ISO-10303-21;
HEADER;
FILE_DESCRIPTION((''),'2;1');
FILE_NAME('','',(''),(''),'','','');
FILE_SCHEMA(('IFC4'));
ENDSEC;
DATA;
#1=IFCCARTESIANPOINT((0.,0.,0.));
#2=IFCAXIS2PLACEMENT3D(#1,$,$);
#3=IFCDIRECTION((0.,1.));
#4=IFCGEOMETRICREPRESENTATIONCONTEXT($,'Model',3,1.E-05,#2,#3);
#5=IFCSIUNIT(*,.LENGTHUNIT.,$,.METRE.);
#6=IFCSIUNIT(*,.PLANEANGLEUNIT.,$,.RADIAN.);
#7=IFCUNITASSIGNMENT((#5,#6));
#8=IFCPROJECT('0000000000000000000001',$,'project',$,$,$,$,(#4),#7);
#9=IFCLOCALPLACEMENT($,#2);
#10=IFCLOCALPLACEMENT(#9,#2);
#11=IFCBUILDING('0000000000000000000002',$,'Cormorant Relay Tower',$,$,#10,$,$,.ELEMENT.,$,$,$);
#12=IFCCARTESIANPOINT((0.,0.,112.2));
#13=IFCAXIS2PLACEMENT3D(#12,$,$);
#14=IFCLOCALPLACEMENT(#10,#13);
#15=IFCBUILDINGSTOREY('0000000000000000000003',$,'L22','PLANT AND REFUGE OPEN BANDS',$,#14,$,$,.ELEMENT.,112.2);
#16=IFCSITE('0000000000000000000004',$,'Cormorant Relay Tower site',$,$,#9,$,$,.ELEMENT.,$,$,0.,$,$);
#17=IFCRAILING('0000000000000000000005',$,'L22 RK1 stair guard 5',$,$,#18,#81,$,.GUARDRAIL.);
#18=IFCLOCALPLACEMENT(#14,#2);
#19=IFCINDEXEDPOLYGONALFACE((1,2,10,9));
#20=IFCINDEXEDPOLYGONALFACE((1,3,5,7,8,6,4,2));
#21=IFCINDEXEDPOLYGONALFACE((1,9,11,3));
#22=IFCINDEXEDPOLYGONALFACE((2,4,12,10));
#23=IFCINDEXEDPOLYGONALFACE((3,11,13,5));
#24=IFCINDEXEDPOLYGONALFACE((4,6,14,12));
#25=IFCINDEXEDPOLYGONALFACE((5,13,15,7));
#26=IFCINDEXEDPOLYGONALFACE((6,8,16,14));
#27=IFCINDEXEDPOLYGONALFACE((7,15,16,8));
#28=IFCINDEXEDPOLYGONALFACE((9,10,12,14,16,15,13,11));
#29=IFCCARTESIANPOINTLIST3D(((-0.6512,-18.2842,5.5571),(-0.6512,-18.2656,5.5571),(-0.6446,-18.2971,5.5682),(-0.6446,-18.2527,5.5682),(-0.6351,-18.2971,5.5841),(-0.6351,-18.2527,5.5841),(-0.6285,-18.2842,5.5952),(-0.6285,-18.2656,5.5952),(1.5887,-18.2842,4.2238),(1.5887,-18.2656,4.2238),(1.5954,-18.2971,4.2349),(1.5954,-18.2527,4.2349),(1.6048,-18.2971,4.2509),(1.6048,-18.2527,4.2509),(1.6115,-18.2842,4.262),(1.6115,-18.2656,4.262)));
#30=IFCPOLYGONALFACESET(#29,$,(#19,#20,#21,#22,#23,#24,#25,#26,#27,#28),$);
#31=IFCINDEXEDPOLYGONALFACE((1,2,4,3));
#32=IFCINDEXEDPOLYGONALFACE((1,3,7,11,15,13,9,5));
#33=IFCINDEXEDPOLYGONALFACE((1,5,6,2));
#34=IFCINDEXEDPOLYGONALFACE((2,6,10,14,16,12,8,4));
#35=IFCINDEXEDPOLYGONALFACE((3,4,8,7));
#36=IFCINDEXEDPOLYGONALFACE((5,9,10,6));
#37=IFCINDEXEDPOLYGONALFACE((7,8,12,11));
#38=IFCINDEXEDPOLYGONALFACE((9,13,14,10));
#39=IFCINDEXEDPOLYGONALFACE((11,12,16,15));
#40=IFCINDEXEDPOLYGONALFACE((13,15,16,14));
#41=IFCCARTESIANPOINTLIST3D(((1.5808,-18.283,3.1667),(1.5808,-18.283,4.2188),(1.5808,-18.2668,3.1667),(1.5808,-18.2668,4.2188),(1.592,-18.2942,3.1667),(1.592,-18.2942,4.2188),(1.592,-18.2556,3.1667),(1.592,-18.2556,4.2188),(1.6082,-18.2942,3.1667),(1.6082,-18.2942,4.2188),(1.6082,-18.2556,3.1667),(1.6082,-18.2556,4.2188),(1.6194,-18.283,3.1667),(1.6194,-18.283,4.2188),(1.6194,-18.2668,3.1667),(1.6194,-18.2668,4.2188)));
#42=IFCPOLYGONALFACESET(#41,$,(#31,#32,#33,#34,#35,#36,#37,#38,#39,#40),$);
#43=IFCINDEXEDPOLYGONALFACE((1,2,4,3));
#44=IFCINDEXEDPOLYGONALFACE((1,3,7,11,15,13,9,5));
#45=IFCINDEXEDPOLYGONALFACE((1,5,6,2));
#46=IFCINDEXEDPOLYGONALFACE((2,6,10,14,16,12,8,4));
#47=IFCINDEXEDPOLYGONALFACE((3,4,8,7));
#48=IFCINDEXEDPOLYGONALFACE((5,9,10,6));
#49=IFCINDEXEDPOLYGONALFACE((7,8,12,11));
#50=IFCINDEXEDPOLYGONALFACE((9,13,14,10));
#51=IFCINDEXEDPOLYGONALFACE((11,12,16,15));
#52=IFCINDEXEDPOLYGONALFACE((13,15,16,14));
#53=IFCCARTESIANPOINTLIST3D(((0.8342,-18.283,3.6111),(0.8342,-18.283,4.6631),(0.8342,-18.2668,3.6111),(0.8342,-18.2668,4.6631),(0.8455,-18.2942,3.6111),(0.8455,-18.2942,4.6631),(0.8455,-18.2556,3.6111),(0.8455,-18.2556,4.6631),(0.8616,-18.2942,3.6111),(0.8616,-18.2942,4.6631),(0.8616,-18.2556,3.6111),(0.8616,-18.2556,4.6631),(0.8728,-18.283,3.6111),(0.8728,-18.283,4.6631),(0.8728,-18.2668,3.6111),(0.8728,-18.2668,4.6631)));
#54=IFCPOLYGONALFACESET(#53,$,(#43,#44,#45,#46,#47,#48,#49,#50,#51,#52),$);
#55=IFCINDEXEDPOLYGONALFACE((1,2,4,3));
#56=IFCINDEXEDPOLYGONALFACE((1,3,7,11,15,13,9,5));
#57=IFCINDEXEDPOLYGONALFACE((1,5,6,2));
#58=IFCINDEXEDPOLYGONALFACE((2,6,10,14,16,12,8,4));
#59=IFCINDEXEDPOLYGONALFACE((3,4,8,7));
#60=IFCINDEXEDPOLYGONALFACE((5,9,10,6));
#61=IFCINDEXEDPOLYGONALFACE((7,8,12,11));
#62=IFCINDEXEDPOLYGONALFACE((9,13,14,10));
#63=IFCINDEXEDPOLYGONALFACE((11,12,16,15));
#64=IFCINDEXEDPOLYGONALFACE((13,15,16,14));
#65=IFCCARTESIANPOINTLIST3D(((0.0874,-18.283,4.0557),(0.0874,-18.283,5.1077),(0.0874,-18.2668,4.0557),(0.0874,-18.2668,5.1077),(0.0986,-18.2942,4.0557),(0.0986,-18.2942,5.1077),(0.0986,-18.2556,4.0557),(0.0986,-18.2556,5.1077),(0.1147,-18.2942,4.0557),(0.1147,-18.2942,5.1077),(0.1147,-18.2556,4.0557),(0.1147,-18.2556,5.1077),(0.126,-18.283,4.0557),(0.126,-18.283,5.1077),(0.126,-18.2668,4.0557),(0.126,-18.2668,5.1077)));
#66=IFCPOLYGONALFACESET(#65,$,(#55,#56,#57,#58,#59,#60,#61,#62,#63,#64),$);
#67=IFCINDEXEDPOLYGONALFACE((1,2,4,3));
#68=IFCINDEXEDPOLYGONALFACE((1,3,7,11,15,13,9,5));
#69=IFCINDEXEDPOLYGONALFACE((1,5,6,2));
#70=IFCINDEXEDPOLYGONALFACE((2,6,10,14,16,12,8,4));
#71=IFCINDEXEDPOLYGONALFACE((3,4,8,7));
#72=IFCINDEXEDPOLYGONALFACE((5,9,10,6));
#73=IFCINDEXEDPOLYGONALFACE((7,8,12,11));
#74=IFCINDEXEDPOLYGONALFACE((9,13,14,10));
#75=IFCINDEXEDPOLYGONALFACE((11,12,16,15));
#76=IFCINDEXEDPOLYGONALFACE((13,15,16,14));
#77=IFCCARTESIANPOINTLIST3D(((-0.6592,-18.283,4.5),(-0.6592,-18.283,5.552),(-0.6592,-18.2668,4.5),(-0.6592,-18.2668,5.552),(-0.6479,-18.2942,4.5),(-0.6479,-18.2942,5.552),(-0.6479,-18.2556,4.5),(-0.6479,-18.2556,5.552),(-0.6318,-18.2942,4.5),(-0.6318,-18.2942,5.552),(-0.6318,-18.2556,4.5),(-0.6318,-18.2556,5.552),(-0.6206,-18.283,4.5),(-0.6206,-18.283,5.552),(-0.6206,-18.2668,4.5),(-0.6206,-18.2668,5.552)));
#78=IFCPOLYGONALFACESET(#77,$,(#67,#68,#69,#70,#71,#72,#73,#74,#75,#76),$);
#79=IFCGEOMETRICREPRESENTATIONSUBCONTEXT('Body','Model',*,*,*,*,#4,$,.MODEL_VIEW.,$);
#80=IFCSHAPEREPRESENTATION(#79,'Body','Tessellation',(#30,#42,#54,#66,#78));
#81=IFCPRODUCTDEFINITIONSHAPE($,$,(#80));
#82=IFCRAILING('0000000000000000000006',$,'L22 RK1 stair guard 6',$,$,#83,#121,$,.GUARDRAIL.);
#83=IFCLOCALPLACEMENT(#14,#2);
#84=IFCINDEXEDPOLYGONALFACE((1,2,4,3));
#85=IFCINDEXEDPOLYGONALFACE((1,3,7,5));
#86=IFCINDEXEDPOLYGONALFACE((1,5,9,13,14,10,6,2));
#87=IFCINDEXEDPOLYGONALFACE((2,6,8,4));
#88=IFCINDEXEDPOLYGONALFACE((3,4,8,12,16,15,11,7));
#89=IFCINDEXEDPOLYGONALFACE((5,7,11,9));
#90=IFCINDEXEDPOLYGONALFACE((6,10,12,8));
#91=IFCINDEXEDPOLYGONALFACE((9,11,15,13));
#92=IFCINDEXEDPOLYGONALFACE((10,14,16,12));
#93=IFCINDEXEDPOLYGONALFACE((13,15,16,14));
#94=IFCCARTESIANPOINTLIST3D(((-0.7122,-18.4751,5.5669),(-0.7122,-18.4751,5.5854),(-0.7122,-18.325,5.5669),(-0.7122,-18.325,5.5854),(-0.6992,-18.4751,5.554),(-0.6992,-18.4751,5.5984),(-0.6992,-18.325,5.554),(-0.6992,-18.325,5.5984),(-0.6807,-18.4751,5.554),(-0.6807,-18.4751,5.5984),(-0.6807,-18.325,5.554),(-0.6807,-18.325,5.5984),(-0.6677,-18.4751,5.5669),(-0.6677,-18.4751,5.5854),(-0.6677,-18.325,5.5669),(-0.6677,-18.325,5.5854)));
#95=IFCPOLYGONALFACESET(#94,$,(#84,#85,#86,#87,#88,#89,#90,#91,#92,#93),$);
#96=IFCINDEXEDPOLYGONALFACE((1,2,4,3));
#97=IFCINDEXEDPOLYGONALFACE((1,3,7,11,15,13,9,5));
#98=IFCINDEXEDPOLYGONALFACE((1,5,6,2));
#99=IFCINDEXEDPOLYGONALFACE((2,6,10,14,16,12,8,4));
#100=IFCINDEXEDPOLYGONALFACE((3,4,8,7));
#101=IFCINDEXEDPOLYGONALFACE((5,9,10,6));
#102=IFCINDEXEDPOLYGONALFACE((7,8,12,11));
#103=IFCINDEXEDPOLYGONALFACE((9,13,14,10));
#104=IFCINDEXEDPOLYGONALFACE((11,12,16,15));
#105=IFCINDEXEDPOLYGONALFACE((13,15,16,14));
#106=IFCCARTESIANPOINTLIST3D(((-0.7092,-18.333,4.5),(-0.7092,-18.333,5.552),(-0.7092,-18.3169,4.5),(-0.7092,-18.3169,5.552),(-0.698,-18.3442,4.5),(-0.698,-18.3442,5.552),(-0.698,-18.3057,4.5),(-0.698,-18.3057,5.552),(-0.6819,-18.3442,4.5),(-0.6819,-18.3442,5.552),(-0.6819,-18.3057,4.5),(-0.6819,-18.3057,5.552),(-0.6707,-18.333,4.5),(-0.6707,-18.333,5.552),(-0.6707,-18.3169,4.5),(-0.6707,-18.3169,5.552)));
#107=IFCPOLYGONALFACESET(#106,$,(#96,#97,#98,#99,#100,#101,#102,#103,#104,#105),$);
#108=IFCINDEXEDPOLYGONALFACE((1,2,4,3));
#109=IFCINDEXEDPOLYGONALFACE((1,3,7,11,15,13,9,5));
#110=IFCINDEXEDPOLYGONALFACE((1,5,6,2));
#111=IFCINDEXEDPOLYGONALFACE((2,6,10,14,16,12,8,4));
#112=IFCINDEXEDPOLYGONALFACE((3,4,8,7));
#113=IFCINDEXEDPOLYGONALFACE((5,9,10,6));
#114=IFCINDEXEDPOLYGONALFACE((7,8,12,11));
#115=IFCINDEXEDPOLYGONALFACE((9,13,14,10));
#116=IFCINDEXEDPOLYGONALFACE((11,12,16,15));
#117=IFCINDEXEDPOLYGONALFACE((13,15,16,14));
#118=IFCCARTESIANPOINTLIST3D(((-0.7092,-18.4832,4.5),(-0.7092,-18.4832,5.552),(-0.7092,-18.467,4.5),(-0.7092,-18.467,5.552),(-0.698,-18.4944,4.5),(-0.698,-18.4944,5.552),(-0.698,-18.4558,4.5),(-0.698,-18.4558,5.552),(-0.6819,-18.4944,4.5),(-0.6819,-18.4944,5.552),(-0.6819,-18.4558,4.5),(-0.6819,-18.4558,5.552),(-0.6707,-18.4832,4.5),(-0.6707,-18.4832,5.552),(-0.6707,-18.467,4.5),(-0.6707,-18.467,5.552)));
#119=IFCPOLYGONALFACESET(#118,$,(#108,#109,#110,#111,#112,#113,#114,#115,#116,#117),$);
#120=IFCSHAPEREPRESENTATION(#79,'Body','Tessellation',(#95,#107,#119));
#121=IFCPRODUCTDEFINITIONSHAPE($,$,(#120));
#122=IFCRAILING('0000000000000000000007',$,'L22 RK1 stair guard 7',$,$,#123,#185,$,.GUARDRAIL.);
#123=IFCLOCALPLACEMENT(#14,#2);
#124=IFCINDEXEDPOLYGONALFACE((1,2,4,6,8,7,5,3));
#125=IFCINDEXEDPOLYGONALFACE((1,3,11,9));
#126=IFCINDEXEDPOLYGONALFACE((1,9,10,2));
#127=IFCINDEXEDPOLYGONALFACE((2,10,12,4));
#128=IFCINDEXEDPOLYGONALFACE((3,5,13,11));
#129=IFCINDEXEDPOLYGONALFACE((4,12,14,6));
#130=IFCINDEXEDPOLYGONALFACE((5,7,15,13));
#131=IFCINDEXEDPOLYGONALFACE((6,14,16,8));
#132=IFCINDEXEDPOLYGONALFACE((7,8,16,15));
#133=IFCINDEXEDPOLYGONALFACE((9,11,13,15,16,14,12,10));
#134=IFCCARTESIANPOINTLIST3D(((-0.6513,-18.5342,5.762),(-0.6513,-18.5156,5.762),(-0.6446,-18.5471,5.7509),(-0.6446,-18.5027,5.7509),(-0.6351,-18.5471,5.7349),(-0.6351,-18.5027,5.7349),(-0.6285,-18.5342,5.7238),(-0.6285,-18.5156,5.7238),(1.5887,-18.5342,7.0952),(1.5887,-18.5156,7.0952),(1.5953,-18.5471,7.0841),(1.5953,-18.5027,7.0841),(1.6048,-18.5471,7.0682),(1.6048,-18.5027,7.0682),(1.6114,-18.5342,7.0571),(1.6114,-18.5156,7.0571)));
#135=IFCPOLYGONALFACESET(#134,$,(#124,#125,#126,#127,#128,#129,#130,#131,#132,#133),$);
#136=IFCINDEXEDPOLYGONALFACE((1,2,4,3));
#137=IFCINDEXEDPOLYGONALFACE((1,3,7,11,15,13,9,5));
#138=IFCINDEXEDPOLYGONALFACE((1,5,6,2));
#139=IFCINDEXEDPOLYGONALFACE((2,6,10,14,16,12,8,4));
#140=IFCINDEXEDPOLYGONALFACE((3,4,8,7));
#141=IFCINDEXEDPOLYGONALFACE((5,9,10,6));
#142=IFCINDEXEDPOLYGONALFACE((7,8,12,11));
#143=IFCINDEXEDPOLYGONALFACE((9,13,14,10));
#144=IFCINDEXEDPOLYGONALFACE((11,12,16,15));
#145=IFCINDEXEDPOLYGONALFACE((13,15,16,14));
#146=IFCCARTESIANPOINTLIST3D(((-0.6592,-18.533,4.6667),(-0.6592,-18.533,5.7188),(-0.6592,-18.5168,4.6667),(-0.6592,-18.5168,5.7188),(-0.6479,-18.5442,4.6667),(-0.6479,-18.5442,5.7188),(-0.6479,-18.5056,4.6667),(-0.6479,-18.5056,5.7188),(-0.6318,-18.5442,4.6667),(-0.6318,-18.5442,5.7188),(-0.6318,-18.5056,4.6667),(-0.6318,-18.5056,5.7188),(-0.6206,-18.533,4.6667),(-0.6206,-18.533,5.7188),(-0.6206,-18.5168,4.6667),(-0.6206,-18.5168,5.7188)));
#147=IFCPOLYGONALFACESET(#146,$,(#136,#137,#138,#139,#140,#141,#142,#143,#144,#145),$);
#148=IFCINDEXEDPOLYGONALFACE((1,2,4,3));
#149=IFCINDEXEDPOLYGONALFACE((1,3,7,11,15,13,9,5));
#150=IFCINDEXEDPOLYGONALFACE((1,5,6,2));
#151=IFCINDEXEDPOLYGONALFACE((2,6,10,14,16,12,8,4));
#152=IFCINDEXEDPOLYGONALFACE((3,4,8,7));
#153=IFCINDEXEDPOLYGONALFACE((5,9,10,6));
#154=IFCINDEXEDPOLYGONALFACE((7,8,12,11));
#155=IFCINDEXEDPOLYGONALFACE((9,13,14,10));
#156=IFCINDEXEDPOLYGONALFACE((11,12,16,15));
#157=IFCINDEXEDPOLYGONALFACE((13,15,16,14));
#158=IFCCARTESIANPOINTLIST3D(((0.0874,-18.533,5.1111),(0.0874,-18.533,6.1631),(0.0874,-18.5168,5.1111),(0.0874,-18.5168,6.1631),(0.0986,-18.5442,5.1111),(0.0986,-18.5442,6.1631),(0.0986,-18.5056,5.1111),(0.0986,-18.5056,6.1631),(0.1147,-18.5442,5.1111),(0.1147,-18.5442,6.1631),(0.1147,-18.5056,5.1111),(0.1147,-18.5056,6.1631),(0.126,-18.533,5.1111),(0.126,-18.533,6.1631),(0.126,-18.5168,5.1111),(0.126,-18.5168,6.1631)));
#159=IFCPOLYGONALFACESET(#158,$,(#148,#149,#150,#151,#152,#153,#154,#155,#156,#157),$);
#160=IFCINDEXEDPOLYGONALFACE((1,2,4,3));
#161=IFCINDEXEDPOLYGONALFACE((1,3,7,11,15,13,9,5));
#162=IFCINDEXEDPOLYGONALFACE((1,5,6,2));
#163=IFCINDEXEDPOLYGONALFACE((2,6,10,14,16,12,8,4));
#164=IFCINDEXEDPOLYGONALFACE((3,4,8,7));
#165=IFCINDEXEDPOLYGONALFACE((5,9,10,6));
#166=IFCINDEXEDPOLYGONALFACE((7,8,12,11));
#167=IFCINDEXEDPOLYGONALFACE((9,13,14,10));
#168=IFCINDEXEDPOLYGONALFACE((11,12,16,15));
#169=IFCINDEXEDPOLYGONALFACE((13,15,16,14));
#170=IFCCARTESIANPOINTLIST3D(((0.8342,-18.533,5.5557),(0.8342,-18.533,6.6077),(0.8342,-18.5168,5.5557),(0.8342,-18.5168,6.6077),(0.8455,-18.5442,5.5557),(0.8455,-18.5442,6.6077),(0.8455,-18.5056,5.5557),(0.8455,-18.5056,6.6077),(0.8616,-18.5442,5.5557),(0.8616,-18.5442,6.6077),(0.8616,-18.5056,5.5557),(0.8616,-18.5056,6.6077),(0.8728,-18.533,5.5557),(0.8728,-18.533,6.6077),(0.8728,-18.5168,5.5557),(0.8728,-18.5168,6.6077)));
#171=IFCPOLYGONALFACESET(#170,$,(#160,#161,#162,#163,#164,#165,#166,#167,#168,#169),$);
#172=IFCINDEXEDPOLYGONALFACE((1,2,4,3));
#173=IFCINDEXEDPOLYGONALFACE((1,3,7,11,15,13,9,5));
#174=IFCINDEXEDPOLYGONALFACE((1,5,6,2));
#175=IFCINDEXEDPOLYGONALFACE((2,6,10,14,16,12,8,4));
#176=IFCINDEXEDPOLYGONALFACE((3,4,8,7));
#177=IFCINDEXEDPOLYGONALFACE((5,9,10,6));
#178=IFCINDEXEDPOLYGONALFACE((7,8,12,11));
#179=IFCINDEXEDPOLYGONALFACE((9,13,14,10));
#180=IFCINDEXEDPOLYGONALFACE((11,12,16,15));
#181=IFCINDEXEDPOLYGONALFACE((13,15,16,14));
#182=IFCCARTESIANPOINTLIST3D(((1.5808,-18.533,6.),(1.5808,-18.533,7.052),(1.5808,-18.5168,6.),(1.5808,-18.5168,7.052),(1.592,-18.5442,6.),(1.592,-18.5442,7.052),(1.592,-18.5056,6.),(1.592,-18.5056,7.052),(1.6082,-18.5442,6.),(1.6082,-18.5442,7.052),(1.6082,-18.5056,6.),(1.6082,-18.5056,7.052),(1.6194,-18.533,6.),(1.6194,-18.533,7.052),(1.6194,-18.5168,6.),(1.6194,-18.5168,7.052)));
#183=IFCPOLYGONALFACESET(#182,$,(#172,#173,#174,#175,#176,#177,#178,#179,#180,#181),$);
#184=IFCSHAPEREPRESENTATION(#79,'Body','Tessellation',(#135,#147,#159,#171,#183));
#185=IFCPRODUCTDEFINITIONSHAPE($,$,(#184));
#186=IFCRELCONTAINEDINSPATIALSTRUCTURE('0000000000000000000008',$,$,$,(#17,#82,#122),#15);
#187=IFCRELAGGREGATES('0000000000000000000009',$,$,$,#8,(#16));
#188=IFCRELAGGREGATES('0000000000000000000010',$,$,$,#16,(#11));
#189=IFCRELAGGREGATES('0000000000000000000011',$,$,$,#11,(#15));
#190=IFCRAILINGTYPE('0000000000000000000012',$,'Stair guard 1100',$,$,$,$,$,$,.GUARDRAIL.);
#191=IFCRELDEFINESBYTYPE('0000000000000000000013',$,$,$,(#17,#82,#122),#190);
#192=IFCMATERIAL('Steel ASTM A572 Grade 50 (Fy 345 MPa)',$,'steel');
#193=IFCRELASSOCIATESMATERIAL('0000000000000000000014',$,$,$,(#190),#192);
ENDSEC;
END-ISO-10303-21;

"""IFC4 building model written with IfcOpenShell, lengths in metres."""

from ifc_helpers import new_model, si_unit, direction, frame, origin, place, context, subcontext, project, spatial, polyline, outline, extrude, material, type_object, element, save


model = new_model("IFC4")

# Units and contexts
model_context = context("Model", 3, precision=1e-05, world=origin(), true_north=direction((0.0, 1.0)))
body_context = subcontext(model_context, "Body", "Model", "MODEL_VIEW")
ifc_project = project(units=[si_unit("LENGTHUNIT", "METRE"), si_unit("PLANEANGLEUNIT", "RADIAN")], contexts=[model_context])

# Site, building, storey
site_placement = place(None, origin())
site = spatial("IfcSite", under=ifc_project, at=site_placement, Name="Cormorant Relay Tower site", CompositionType="ELEMENT", RefElevation=0.0)
building_placement = place(site_placement, origin())
building = spatial("IfcBuilding", under=site, at=building_placement, Name="Cormorant Relay Tower", CompositionType="ELEMENT")
storey_placement = place(building_placement, frame((0.0, 0.0, 112.2)))
storey = spatial("IfcBuildingStorey", under=building, at=storey_placement, Name="L22", Description="PLANT AND REFUGE OPEN BANDS", CompositionType="ELEMENT", Elevation=112.2)

# Railings
ifc_material_1 = material(Name="Steel ASTM A572 Grade 50 (Fy 345 MPa)", Category="steel")
railing_type_1 = type_object("IfcRailingType", Name="Stair guard 1100", PredefinedType="GUARDRAIL", material=ifc_material_1)
railing_1_placement = place(storey_placement, frame((1.6001, -18.2749, 3.1667)))
element("IfcRailing", 1, at=railing_1_placement, inside=storey, type_object=railing_type_1, Name="L22 RK1 stair guard 5", PredefinedType="GUARDRAIL", context=body_context, shape_type="SweptSolid", body=[
    extrude(outline(polyline([(0.0222, 0.0093), (0.0093, 0.0222), (-0.0093, 0.0222), (-0.0222, 0.0093), (-0.0222, -0.0093), (-0.0093, -0.0222), (0.0093, -0.0222), (0.0222, -0.0093), (0.0222, 0.0093)])), frame((0.0, 0.0, 1.0762), z_axis=(-0.859306, 0.0, 0.511462), x_axis=(0.0, -1.0, 0.0)), (0.0, 0.0, 1.0), 2.6067),
    extrude(outline(polyline([(0.0193, 0.0081), (0.0081, 0.0193), (-0.0081, 0.0193), (-0.0193, 0.0081), (-0.0193, -0.0081), (-0.0081, -0.0193), (0.0081, -0.0193), (0.0193, -0.0081), (0.0193, 0.0081)])), origin(), (0.0, 0.0, 1.0), 1.052),
    extrude(outline(polyline([(0.0193, 0.0081), (0.0081, 0.0193), (-0.0081, 0.0193), (-0.0193, 0.0081), (-0.0193, -0.0081), (-0.0081, -0.0193), (0.0081, -0.0193), (0.0193, -0.0081), (0.0193, 0.0081)])), frame((-0.7466, 0.0, 0.4443)), (0.0, 0.0, 1.0), 1.052),
    extrude(outline(polyline([(0.0193, 0.0081), (0.0081, 0.0193), (-0.0081, 0.0193), (-0.0193, 0.0081), (-0.0193, -0.0081), (-0.0081, -0.0193), (0.0081, -0.0193), (0.0193, -0.0081), (0.0193, 0.0081)])), frame((-1.4934, 0.0, 0.8889)), (0.0, 0.0, 1.0), 1.052),
    extrude(outline(polyline([(0.0193, 0.0081), (0.0081, 0.0193), (-0.0081, 0.0193), (-0.0193, 0.0081), (-0.0193, -0.0081), (-0.0081, -0.0193), (0.0081, -0.0193), (0.0193, -0.0081), (0.0193, 0.0081)])), frame((-2.24, 0.0, 1.3333)), (0.0, 0.0, 1.0), 1.052),
])
railing_2_placement = place(storey_placement, frame((-0.6899, -18.325, 4.5)))
element("IfcRailing", 2, at=railing_2_placement, inside=storey, type_object=railing_type_1, Name="L22 RK1 stair guard 6", PredefinedType="GUARDRAIL", context=body_context, shape_type="SweptSolid", body=[
    extrude(outline(polyline([(0.0222, 0.0093), (0.0093, 0.0222), (-0.0093, 0.0222), (-0.0222, 0.0093), (-0.0222, -0.0093), (-0.0093, -0.0222), (0.0093, -0.0222), (0.0222, -0.0093), (0.0222, 0.0093)])), frame((0.0, 0.0, 1.0762), z_axis=(0.0, -1.0, 0.0), x_axis=(1.0, 0.0, 0.0)), (0.0, 0.0, 1.0), 0.1501),
    extrude(outline(polyline([(0.0193, 0.0081), (0.0081, 0.0193), (-0.0081, 0.0193), (-0.0193, 0.0081), (-0.0193, -0.0081), (-0.0081, -0.0193), (0.0081, -0.0193), (0.0193, -0.0081), (0.0193, 0.0081)])), origin(), (0.0, 0.0, 1.0), 1.052),
    extrude(outline(polyline([(0.0193, 0.0081), (0.0081, 0.0193), (-0.0081, 0.0193), (-0.0193, 0.0081), (-0.0193, -0.0081), (-0.0081, -0.0193), (0.0081, -0.0193), (0.0193, -0.0081), (0.0193, 0.0081)])), frame((0.0, -0.1501, 0.0)), (0.0, 0.0, 1.0), 1.052),
])
railing_3_placement = place(storey_placement, frame((-0.6399, -18.5249, 4.6667)))
element("IfcRailing", 3, at=railing_3_placement, inside=storey, type_object=railing_type_1, Name="L22 RK1 stair guard 7", PredefinedType="GUARDRAIL", context=body_context, shape_type="SweptSolid", body=[
    extrude(outline(polyline([(0.0222, 0.0093), (0.0093, 0.0222), (-0.0093, 0.0222), (-0.0222, 0.0093), (-0.0222, -0.0093), (-0.0093, -0.0222), (0.0093, -0.0222), (0.0222, -0.0093), (0.0222, 0.0093)])), frame((0.0, 0.0, 1.0762), z_axis=(0.859306, 0.0, 0.511462), x_axis=(0.0, 1.0, 0.0)), (0.0, 0.0, 1.0), 2.6067),
    extrude(outline(polyline([(0.0193, 0.0081), (0.0081, 0.0193), (-0.0081, 0.0193), (-0.0193, 0.0081), (-0.0193, -0.0081), (-0.0081, -0.0193), (0.0081, -0.0193), (0.0193, -0.0081), (0.0193, 0.0081)])), origin(), (0.0, 0.0, 1.0), 1.052),
    extrude(outline(polyline([(0.0193, 0.0081), (0.0081, 0.0193), (-0.0081, 0.0193), (-0.0193, 0.0081), (-0.0193, -0.0081), (-0.0081, -0.0193), (0.0081, -0.0193), (0.0193, -0.0081), (0.0193, 0.0081)])), frame((0.7466, 0.0, 0.4443)), (0.0, 0.0, 1.0), 1.052),
    extrude(outline(polyline([(0.0193, 0.0081), (0.0081, 0.0193), (-0.0081, 0.0193), (-0.0193, 0.0081), (-0.0193, -0.0081), (-0.0081, -0.0193), (0.0081, -0.0193), (0.0193, -0.0081), (0.0193, 0.0081)])), frame((1.4934, 0.0, 0.8889)), (0.0, 0.0, 1.0), 1.052),
    extrude(outline(polyline([(0.0193, 0.0081), (0.0081, 0.0193), (-0.0081, 0.0193), (-0.0193, 0.0081), (-0.0193, -0.0081), (-0.0081, -0.0193), (0.0081, -0.0193), (0.0193, -0.0081), (0.0193, 0.0081)])), frame((2.24, 0.0, 1.3333)), (0.0, 0.0, 1.0), 1.052),
])

save(model, "model.ifc")
